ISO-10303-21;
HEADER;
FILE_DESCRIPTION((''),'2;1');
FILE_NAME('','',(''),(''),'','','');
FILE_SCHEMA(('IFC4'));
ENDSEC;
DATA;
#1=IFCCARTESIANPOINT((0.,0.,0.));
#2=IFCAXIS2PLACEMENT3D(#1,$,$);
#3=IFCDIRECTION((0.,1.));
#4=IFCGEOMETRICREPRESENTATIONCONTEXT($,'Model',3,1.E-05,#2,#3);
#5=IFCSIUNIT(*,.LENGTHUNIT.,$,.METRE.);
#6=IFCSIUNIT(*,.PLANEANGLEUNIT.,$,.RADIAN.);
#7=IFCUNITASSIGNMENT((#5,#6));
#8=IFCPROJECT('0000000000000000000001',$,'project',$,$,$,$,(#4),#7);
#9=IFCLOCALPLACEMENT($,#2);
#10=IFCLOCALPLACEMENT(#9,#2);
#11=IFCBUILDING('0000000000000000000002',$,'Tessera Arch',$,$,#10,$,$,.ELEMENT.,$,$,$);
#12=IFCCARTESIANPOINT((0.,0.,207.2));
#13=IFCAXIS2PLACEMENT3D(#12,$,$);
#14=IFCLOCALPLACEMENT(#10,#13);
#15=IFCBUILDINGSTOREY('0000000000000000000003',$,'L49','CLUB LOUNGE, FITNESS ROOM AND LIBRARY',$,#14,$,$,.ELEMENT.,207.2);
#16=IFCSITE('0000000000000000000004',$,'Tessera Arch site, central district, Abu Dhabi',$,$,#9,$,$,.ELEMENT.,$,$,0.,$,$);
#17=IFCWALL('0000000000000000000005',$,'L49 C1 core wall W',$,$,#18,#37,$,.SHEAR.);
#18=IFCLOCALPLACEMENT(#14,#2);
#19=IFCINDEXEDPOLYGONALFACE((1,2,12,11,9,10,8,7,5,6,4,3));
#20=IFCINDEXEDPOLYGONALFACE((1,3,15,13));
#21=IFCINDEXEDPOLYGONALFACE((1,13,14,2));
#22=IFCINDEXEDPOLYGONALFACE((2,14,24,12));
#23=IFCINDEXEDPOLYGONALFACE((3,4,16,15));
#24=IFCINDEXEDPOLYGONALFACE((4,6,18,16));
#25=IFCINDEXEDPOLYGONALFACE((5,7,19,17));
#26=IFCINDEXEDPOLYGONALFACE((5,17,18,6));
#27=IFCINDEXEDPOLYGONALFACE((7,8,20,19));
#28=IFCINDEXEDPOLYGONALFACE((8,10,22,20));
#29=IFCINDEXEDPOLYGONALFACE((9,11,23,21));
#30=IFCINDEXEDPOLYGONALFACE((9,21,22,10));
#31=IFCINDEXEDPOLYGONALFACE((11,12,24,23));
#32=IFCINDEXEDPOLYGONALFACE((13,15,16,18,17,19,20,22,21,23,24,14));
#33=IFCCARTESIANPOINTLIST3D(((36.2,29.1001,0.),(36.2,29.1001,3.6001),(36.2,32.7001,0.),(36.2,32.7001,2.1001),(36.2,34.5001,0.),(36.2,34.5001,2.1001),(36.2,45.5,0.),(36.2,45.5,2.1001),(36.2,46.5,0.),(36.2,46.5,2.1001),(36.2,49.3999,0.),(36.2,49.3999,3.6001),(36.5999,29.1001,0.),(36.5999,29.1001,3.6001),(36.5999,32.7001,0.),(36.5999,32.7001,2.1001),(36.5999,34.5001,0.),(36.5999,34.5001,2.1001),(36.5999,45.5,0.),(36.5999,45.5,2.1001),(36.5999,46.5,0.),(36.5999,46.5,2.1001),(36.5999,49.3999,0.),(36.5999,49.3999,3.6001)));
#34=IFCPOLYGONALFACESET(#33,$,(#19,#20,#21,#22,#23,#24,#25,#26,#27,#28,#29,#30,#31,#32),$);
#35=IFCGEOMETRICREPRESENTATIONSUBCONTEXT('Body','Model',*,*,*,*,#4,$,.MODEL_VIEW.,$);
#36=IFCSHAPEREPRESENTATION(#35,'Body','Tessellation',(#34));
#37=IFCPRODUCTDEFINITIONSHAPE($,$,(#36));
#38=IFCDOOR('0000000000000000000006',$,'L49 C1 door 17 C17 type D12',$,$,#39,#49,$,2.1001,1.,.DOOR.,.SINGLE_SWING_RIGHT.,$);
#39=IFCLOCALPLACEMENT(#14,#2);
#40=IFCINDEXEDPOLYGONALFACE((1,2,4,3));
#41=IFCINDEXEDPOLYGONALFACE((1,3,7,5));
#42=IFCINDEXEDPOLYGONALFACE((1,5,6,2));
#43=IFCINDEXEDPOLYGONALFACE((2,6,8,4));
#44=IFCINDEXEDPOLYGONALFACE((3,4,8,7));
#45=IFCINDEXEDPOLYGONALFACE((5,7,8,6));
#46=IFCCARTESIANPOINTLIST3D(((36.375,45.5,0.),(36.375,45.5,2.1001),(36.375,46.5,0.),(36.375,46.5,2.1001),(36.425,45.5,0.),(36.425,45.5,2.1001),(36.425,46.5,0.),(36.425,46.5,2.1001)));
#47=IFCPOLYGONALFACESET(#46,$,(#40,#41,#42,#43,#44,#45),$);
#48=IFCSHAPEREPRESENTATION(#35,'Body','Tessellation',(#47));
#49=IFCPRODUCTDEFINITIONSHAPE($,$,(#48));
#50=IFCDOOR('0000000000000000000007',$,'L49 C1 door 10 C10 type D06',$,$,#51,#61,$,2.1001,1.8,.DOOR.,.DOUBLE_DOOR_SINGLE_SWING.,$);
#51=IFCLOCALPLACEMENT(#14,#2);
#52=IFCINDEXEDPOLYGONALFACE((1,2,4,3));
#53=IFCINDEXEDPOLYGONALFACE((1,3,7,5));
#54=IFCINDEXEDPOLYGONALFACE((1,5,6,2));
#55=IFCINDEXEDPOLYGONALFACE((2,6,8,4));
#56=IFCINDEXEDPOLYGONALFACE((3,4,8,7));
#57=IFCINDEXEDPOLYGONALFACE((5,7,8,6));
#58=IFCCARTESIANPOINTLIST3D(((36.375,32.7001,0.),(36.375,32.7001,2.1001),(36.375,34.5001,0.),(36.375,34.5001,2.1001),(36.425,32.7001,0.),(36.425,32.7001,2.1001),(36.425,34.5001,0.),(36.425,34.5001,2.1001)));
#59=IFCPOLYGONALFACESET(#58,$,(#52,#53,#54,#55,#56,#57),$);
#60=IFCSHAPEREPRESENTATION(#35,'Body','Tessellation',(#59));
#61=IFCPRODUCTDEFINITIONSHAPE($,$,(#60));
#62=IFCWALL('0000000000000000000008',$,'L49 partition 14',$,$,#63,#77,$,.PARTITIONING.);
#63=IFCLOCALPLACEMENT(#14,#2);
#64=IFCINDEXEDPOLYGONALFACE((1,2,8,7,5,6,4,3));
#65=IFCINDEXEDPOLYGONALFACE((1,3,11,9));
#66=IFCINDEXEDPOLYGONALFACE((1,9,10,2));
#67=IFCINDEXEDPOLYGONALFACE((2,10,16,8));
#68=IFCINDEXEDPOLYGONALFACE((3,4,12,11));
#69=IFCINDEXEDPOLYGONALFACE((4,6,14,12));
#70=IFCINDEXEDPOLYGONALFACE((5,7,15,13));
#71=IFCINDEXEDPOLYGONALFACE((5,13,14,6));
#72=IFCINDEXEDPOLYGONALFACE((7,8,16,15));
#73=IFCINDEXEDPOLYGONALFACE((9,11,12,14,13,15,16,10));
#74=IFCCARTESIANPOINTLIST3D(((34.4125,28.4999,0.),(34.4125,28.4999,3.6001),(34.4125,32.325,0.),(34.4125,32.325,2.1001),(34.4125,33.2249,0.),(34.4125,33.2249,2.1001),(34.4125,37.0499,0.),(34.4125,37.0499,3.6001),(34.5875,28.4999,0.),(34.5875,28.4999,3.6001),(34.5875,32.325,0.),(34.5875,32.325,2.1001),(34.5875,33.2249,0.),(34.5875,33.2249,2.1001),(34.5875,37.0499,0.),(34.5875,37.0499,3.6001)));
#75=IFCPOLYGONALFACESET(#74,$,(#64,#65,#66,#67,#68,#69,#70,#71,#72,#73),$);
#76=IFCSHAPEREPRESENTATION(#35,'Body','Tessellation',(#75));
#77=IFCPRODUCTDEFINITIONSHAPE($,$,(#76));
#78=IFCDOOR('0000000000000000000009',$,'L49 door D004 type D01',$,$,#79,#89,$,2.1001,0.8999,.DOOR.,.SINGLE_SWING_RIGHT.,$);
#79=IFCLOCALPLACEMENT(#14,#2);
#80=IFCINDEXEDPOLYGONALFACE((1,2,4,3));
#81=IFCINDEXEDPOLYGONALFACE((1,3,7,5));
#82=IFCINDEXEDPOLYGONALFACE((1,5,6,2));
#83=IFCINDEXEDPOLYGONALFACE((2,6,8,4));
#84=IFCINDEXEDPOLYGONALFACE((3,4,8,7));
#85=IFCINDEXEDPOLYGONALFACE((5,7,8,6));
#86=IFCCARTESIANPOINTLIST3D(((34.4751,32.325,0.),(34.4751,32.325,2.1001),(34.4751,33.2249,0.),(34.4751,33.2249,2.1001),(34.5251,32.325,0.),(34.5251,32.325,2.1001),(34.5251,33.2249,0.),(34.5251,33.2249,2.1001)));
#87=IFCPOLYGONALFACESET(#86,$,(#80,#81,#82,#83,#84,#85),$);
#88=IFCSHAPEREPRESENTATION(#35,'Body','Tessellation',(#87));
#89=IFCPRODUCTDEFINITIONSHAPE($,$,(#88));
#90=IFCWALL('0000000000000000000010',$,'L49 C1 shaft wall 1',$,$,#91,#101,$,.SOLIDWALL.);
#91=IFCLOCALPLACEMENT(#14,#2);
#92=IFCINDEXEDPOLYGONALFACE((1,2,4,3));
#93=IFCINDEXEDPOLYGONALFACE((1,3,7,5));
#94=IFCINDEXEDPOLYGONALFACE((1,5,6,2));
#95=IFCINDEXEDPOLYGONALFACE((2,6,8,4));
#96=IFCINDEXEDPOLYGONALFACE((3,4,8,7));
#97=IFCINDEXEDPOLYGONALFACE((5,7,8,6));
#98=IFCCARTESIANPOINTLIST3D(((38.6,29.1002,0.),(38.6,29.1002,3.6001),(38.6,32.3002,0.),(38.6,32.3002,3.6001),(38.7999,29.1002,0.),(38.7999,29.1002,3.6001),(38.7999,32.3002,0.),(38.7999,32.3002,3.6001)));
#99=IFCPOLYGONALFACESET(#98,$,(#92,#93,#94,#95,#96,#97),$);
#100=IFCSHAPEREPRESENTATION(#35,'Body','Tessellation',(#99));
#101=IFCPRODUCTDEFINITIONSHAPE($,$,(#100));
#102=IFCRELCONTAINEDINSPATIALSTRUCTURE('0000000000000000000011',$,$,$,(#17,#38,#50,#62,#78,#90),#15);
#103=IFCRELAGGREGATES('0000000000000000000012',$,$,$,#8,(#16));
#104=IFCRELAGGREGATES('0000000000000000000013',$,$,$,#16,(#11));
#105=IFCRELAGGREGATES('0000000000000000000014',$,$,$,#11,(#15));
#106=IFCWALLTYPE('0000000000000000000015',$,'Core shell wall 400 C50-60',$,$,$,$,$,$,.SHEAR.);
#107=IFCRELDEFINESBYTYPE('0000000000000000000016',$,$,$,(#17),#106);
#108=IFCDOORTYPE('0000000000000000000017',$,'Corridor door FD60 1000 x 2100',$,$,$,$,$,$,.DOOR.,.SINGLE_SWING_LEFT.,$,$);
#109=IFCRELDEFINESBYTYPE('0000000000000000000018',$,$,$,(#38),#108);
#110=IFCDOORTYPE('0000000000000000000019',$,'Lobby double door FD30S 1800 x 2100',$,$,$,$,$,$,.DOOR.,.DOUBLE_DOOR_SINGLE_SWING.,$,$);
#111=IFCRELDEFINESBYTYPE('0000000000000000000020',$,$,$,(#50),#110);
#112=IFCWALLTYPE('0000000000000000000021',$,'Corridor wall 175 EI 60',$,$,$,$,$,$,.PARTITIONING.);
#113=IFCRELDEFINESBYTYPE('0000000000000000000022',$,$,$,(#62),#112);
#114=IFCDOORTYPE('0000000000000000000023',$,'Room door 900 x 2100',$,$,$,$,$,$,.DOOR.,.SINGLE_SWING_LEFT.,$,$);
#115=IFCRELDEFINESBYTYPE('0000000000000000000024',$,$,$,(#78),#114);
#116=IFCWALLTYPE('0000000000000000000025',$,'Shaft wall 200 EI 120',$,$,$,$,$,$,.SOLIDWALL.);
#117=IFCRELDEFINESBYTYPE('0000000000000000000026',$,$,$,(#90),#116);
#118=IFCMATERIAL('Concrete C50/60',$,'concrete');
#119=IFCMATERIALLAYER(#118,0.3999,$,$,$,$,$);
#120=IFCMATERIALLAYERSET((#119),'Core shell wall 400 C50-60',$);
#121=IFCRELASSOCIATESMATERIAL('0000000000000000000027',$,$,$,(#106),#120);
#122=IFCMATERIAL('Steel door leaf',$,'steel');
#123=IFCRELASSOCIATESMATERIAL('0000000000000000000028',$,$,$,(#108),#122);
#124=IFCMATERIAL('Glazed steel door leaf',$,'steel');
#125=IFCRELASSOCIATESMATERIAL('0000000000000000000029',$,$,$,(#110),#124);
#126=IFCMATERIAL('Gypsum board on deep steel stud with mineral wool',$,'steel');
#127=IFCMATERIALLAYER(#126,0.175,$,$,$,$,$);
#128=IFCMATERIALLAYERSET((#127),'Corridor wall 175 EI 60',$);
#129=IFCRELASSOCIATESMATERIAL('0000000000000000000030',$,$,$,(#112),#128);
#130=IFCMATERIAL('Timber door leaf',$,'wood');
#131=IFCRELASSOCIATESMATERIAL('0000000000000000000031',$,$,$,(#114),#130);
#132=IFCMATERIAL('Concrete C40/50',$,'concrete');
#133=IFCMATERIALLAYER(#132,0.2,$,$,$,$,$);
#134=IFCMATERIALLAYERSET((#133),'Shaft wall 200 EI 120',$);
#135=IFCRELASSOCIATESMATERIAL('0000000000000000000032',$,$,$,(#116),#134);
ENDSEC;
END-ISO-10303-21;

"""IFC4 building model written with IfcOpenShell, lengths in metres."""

from ifc_helpers import new_model, si_unit, direction, frame, frame_2d, origin, place, context, subcontext, project, spatial, rectangle, extrude, material, layer, layer_set, type_object, element, fill, save


model = new_model("IFC4")

# Units and contexts
model_context = context("Model", 3, precision=1e-05, world=origin(), true_north=direction((0.0, 1.0)))
body_context = subcontext(model_context, "Body", "Model", "MODEL_VIEW")
ifc_project = project(units=[si_unit("LENGTHUNIT", "METRE"), si_unit("PLANEANGLEUNIT", "RADIAN")], contexts=[model_context])

# Site, building, storey
site_placement = place(None, origin())
site = spatial("IfcSite", under=ifc_project, at=site_placement, Name="Tessera Arch site, central district, Abu Dhabi", CompositionType="ELEMENT", RefElevation=0.0)
building_placement = place(site_placement, origin())
building = spatial("IfcBuilding", under=site, at=building_placement, Name="Tessera Arch", CompositionType="ELEMENT")
storey_placement = place(building_placement, frame((0.0, 0.0, 207.2)))
storey = spatial("IfcBuildingStorey", under=building, at=storey_placement, Name="L49", Description="CLUB LOUNGE, FITNESS ROOM AND LIBRARY", CompositionType="ELEMENT", Elevation=207.2)

# Wall, openings, doors
ifc_material_1 = material(Name="Concrete C50/60", Category="concrete")
ifc_layer_1 = layer(ifc_material_1, 0.3999)
ifc_layer_set_1 = layer_set([ifc_layer_1], Name="Core shell wall 400 C50-60")
wall_type_1 = type_object("IfcWallType", Name="Core shell wall 400 C50-60", PredefinedType="SHEAR", material=ifc_layer_set_1)
wall_1_placement = place(storey_placement, frame((36.3999, 29.1001, 0.0), z_axis=(0.0, 0.0, 1.0), x_axis=(0.0, 1.0, 0.0)))
wall_1 = element("IfcWall", 1, at=wall_1_placement, inside=storey, type_object=wall_type_1, Name="L49 C1 core wall W", PredefinedType="SHEAR", context=body_context, shape_type="SweptSolid", body=[
    extrude(rectangle(XDim=20.2998, YDim=0.3999, at=frame_2d((10.1499, 0.0))), origin(), (0.0, 0.0, 1.0), 3.6001),
])
opening_1_placement = place(wall_1_placement, frame((3.6001, 0.0, 0.0)))
opening_1 = element("IfcOpeningElement", 2, at=opening_1_placement, cuts=wall_1, PredefinedType="OPENING", context=body_context, shape_type="SweptSolid", body=[
    extrude(rectangle(XDim=1.8, YDim=2.1001, at=frame_2d((0.8999, 1.05))), frame((0.0, 0.21, 0.0), z_axis=(0.0, -1.0, 0.0), x_axis=(1.0, 0.0, 0.0)), (0.0, 0.0, 1.0), 0.4199),
])
opening_2_placement = place(wall_1_placement, frame((16.3999, 0.0, 0.0)))
opening_2 = element("IfcOpeningElement", 3, at=opening_2_placement, cuts=wall_1, PredefinedType="OPENING", context=body_context, shape_type="SweptSolid", body=[
    extrude(rectangle(XDim=1.0, YDim=2.1001, at=frame_2d((0.5, 1.05))), frame((0.0, 0.21, 0.0), z_axis=(0.0, -1.0, 0.0), x_axis=(1.0, 0.0, 0.0)), (0.0, 0.0, 1.0), 0.4199),
])
ifc_material_2 = material(Name="Steel door leaf", Category="steel")
door_type_1 = type_object("IfcDoorType", Name="Corridor door FD60 1000 x 2100", OperationType="SINGLE_SWING_LEFT", PredefinedType="DOOR", material=ifc_material_2)
door_1_placement = place(opening_2_placement, origin())
door_1 = element("IfcDoor", 4, at=door_1_placement, inside=storey, type_object=door_type_1, Name="L49 C1 door 17 C17 type D12", OperationType="SINGLE_SWING_RIGHT", OverallHeight=2.1001, OverallWidth=1.0, PredefinedType="DOOR", context=body_context, shape_type="SweptSolid", body=[
    extrude(rectangle(XDim=1.0, YDim=2.1001, at=frame_2d((0.5, 1.05))), frame((0.0, 0.0249, 0.0), z_axis=(0.0, -1.0, 0.0), x_axis=(1.0, 0.0, 0.0)), (0.0, 0.0, 1.0), 0.05),
])
fill(opening_2, door_1)
ifc_material_3 = material(Name="Glazed steel door leaf", Category="steel")
door_type_2 = type_object("IfcDoorType", Name="Lobby double door FD30S 1800 x 2100", OperationType="DOUBLE_DOOR_SINGLE_SWING", PredefinedType="DOOR", material=ifc_material_3)
door_2_placement = place(opening_1_placement, origin())
door_2 = element("IfcDoor", 5, at=door_2_placement, inside=storey, type_object=door_type_2, Name="L49 C1 door 10 C10 type D06", OperationType="DOUBLE_DOOR_SINGLE_SWING", OverallHeight=2.1001, OverallWidth=1.8, PredefinedType="DOOR", context=body_context, shape_type="SweptSolid", body=[
    extrude(rectangle(XDim=1.8, YDim=2.1001, at=frame_2d((0.8999, 1.05))), frame((0.0, 0.0249, 0.0), z_axis=(0.0, -1.0, 0.0), x_axis=(1.0, 0.0, 0.0)), (0.0, 0.0, 1.0), 0.05),
])
fill(opening_1, door_2)

# Wall, opening, door
ifc_material_4 = material(Name="Gypsum board on deep steel stud with mineral wool", Category="steel")
ifc_layer_2 = layer(ifc_material_4, 0.175)
ifc_layer_set_2 = layer_set([ifc_layer_2], Name="Corridor wall 175 EI 60")
wall_type_2 = type_object("IfcWallType", Name="Corridor wall 175 EI 60", PredefinedType="PARTITIONING", material=ifc_layer_set_2)
wall_2_placement = place(storey_placement, frame((34.5, 28.5, 0.0), z_axis=(0.0, 0.0, 1.0), x_axis=(0.0, 1.0, 0.0)))
wall_2 = element("IfcWall", 6, at=wall_2_placement, inside=storey, type_object=wall_type_2, Name="L49 partition 14", PredefinedType="PARTITIONING", context=body_context, shape_type="SweptSolid", body=[
    extrude(rectangle(XDim=8.55, YDim=0.175, at=frame_2d((4.2749, 0.0))), origin(), (0.0, 0.0, 1.0), 3.6001),
])
opening_3_placement = place(wall_2_placement, frame((3.825, 0.0, 0.0)))
opening_3 = element("IfcOpeningElement", 7, at=opening_3_placement, cuts=wall_2, PredefinedType="OPENING", context=body_context, shape_type="SweptSolid", body=[
    extrude(rectangle(XDim=0.8999, YDim=2.1001, at=frame_2d((0.45, 1.05))), frame((0.0, 0.0974, 0.0), z_axis=(0.0, -1.0, 0.0), x_axis=(1.0, 0.0, 0.0)), (0.0, 0.0, 1.0), 0.1951),
])
ifc_material_5 = material(Name="Timber door leaf", Category="wood")
door_type_3 = type_object("IfcDoorType", Name="Room door 900 x 2100", OperationType="SINGLE_SWING_LEFT", PredefinedType="DOOR", material=ifc_material_5)
door_3_placement = place(opening_3_placement, origin())
door_3 = element("IfcDoor", 8, at=door_3_placement, inside=storey, type_object=door_type_3, Name="L49 door D004 type D01", OperationType="SINGLE_SWING_RIGHT", OverallHeight=2.1001, OverallWidth=0.8999, PredefinedType="DOOR", context=body_context, shape_type="SweptSolid", body=[
    extrude(rectangle(XDim=0.8999, YDim=2.1001, at=frame_2d((0.45, 1.05))), frame((0.0, 0.0249, 0.0), z_axis=(0.0, -1.0, 0.0), x_axis=(1.0, 0.0, 0.0)), (0.0, 0.0, 1.0), 0.05),
])
fill(opening_3, door_3)

# Wall
ifc_material_6 = material(Name="Concrete C40/50", Category="concrete")
ifc_layer_3 = layer(ifc_material_6, 0.2)
ifc_layer_set_3 = layer_set([ifc_layer_3], Name="Shaft wall 200 EI 120")
wall_type_3 = type_object("IfcWallType", Name="Shaft wall 200 EI 120", PredefinedType="SOLIDWALL", material=ifc_layer_set_3)
wall_3_placement = place(storey_placement, frame((38.7, 29.1001, 0.0), z_axis=(0.0, 0.0, 1.0), x_axis=(0.0, 1.0, 0.0)))
element("IfcWall", 9, at=wall_3_placement, inside=storey, type_object=wall_type_3, Name="L49 C1 shaft wall 1", PredefinedType="SOLIDWALL", context=body_context, shape_type="SweptSolid", body=[
    extrude(rectangle(XDim=3.2, YDim=0.2, at=frame_2d((1.6001, 0.0))), origin(), (0.0, 0.0, 1.0), 3.6001),
])

save(model, "model.ifc")
